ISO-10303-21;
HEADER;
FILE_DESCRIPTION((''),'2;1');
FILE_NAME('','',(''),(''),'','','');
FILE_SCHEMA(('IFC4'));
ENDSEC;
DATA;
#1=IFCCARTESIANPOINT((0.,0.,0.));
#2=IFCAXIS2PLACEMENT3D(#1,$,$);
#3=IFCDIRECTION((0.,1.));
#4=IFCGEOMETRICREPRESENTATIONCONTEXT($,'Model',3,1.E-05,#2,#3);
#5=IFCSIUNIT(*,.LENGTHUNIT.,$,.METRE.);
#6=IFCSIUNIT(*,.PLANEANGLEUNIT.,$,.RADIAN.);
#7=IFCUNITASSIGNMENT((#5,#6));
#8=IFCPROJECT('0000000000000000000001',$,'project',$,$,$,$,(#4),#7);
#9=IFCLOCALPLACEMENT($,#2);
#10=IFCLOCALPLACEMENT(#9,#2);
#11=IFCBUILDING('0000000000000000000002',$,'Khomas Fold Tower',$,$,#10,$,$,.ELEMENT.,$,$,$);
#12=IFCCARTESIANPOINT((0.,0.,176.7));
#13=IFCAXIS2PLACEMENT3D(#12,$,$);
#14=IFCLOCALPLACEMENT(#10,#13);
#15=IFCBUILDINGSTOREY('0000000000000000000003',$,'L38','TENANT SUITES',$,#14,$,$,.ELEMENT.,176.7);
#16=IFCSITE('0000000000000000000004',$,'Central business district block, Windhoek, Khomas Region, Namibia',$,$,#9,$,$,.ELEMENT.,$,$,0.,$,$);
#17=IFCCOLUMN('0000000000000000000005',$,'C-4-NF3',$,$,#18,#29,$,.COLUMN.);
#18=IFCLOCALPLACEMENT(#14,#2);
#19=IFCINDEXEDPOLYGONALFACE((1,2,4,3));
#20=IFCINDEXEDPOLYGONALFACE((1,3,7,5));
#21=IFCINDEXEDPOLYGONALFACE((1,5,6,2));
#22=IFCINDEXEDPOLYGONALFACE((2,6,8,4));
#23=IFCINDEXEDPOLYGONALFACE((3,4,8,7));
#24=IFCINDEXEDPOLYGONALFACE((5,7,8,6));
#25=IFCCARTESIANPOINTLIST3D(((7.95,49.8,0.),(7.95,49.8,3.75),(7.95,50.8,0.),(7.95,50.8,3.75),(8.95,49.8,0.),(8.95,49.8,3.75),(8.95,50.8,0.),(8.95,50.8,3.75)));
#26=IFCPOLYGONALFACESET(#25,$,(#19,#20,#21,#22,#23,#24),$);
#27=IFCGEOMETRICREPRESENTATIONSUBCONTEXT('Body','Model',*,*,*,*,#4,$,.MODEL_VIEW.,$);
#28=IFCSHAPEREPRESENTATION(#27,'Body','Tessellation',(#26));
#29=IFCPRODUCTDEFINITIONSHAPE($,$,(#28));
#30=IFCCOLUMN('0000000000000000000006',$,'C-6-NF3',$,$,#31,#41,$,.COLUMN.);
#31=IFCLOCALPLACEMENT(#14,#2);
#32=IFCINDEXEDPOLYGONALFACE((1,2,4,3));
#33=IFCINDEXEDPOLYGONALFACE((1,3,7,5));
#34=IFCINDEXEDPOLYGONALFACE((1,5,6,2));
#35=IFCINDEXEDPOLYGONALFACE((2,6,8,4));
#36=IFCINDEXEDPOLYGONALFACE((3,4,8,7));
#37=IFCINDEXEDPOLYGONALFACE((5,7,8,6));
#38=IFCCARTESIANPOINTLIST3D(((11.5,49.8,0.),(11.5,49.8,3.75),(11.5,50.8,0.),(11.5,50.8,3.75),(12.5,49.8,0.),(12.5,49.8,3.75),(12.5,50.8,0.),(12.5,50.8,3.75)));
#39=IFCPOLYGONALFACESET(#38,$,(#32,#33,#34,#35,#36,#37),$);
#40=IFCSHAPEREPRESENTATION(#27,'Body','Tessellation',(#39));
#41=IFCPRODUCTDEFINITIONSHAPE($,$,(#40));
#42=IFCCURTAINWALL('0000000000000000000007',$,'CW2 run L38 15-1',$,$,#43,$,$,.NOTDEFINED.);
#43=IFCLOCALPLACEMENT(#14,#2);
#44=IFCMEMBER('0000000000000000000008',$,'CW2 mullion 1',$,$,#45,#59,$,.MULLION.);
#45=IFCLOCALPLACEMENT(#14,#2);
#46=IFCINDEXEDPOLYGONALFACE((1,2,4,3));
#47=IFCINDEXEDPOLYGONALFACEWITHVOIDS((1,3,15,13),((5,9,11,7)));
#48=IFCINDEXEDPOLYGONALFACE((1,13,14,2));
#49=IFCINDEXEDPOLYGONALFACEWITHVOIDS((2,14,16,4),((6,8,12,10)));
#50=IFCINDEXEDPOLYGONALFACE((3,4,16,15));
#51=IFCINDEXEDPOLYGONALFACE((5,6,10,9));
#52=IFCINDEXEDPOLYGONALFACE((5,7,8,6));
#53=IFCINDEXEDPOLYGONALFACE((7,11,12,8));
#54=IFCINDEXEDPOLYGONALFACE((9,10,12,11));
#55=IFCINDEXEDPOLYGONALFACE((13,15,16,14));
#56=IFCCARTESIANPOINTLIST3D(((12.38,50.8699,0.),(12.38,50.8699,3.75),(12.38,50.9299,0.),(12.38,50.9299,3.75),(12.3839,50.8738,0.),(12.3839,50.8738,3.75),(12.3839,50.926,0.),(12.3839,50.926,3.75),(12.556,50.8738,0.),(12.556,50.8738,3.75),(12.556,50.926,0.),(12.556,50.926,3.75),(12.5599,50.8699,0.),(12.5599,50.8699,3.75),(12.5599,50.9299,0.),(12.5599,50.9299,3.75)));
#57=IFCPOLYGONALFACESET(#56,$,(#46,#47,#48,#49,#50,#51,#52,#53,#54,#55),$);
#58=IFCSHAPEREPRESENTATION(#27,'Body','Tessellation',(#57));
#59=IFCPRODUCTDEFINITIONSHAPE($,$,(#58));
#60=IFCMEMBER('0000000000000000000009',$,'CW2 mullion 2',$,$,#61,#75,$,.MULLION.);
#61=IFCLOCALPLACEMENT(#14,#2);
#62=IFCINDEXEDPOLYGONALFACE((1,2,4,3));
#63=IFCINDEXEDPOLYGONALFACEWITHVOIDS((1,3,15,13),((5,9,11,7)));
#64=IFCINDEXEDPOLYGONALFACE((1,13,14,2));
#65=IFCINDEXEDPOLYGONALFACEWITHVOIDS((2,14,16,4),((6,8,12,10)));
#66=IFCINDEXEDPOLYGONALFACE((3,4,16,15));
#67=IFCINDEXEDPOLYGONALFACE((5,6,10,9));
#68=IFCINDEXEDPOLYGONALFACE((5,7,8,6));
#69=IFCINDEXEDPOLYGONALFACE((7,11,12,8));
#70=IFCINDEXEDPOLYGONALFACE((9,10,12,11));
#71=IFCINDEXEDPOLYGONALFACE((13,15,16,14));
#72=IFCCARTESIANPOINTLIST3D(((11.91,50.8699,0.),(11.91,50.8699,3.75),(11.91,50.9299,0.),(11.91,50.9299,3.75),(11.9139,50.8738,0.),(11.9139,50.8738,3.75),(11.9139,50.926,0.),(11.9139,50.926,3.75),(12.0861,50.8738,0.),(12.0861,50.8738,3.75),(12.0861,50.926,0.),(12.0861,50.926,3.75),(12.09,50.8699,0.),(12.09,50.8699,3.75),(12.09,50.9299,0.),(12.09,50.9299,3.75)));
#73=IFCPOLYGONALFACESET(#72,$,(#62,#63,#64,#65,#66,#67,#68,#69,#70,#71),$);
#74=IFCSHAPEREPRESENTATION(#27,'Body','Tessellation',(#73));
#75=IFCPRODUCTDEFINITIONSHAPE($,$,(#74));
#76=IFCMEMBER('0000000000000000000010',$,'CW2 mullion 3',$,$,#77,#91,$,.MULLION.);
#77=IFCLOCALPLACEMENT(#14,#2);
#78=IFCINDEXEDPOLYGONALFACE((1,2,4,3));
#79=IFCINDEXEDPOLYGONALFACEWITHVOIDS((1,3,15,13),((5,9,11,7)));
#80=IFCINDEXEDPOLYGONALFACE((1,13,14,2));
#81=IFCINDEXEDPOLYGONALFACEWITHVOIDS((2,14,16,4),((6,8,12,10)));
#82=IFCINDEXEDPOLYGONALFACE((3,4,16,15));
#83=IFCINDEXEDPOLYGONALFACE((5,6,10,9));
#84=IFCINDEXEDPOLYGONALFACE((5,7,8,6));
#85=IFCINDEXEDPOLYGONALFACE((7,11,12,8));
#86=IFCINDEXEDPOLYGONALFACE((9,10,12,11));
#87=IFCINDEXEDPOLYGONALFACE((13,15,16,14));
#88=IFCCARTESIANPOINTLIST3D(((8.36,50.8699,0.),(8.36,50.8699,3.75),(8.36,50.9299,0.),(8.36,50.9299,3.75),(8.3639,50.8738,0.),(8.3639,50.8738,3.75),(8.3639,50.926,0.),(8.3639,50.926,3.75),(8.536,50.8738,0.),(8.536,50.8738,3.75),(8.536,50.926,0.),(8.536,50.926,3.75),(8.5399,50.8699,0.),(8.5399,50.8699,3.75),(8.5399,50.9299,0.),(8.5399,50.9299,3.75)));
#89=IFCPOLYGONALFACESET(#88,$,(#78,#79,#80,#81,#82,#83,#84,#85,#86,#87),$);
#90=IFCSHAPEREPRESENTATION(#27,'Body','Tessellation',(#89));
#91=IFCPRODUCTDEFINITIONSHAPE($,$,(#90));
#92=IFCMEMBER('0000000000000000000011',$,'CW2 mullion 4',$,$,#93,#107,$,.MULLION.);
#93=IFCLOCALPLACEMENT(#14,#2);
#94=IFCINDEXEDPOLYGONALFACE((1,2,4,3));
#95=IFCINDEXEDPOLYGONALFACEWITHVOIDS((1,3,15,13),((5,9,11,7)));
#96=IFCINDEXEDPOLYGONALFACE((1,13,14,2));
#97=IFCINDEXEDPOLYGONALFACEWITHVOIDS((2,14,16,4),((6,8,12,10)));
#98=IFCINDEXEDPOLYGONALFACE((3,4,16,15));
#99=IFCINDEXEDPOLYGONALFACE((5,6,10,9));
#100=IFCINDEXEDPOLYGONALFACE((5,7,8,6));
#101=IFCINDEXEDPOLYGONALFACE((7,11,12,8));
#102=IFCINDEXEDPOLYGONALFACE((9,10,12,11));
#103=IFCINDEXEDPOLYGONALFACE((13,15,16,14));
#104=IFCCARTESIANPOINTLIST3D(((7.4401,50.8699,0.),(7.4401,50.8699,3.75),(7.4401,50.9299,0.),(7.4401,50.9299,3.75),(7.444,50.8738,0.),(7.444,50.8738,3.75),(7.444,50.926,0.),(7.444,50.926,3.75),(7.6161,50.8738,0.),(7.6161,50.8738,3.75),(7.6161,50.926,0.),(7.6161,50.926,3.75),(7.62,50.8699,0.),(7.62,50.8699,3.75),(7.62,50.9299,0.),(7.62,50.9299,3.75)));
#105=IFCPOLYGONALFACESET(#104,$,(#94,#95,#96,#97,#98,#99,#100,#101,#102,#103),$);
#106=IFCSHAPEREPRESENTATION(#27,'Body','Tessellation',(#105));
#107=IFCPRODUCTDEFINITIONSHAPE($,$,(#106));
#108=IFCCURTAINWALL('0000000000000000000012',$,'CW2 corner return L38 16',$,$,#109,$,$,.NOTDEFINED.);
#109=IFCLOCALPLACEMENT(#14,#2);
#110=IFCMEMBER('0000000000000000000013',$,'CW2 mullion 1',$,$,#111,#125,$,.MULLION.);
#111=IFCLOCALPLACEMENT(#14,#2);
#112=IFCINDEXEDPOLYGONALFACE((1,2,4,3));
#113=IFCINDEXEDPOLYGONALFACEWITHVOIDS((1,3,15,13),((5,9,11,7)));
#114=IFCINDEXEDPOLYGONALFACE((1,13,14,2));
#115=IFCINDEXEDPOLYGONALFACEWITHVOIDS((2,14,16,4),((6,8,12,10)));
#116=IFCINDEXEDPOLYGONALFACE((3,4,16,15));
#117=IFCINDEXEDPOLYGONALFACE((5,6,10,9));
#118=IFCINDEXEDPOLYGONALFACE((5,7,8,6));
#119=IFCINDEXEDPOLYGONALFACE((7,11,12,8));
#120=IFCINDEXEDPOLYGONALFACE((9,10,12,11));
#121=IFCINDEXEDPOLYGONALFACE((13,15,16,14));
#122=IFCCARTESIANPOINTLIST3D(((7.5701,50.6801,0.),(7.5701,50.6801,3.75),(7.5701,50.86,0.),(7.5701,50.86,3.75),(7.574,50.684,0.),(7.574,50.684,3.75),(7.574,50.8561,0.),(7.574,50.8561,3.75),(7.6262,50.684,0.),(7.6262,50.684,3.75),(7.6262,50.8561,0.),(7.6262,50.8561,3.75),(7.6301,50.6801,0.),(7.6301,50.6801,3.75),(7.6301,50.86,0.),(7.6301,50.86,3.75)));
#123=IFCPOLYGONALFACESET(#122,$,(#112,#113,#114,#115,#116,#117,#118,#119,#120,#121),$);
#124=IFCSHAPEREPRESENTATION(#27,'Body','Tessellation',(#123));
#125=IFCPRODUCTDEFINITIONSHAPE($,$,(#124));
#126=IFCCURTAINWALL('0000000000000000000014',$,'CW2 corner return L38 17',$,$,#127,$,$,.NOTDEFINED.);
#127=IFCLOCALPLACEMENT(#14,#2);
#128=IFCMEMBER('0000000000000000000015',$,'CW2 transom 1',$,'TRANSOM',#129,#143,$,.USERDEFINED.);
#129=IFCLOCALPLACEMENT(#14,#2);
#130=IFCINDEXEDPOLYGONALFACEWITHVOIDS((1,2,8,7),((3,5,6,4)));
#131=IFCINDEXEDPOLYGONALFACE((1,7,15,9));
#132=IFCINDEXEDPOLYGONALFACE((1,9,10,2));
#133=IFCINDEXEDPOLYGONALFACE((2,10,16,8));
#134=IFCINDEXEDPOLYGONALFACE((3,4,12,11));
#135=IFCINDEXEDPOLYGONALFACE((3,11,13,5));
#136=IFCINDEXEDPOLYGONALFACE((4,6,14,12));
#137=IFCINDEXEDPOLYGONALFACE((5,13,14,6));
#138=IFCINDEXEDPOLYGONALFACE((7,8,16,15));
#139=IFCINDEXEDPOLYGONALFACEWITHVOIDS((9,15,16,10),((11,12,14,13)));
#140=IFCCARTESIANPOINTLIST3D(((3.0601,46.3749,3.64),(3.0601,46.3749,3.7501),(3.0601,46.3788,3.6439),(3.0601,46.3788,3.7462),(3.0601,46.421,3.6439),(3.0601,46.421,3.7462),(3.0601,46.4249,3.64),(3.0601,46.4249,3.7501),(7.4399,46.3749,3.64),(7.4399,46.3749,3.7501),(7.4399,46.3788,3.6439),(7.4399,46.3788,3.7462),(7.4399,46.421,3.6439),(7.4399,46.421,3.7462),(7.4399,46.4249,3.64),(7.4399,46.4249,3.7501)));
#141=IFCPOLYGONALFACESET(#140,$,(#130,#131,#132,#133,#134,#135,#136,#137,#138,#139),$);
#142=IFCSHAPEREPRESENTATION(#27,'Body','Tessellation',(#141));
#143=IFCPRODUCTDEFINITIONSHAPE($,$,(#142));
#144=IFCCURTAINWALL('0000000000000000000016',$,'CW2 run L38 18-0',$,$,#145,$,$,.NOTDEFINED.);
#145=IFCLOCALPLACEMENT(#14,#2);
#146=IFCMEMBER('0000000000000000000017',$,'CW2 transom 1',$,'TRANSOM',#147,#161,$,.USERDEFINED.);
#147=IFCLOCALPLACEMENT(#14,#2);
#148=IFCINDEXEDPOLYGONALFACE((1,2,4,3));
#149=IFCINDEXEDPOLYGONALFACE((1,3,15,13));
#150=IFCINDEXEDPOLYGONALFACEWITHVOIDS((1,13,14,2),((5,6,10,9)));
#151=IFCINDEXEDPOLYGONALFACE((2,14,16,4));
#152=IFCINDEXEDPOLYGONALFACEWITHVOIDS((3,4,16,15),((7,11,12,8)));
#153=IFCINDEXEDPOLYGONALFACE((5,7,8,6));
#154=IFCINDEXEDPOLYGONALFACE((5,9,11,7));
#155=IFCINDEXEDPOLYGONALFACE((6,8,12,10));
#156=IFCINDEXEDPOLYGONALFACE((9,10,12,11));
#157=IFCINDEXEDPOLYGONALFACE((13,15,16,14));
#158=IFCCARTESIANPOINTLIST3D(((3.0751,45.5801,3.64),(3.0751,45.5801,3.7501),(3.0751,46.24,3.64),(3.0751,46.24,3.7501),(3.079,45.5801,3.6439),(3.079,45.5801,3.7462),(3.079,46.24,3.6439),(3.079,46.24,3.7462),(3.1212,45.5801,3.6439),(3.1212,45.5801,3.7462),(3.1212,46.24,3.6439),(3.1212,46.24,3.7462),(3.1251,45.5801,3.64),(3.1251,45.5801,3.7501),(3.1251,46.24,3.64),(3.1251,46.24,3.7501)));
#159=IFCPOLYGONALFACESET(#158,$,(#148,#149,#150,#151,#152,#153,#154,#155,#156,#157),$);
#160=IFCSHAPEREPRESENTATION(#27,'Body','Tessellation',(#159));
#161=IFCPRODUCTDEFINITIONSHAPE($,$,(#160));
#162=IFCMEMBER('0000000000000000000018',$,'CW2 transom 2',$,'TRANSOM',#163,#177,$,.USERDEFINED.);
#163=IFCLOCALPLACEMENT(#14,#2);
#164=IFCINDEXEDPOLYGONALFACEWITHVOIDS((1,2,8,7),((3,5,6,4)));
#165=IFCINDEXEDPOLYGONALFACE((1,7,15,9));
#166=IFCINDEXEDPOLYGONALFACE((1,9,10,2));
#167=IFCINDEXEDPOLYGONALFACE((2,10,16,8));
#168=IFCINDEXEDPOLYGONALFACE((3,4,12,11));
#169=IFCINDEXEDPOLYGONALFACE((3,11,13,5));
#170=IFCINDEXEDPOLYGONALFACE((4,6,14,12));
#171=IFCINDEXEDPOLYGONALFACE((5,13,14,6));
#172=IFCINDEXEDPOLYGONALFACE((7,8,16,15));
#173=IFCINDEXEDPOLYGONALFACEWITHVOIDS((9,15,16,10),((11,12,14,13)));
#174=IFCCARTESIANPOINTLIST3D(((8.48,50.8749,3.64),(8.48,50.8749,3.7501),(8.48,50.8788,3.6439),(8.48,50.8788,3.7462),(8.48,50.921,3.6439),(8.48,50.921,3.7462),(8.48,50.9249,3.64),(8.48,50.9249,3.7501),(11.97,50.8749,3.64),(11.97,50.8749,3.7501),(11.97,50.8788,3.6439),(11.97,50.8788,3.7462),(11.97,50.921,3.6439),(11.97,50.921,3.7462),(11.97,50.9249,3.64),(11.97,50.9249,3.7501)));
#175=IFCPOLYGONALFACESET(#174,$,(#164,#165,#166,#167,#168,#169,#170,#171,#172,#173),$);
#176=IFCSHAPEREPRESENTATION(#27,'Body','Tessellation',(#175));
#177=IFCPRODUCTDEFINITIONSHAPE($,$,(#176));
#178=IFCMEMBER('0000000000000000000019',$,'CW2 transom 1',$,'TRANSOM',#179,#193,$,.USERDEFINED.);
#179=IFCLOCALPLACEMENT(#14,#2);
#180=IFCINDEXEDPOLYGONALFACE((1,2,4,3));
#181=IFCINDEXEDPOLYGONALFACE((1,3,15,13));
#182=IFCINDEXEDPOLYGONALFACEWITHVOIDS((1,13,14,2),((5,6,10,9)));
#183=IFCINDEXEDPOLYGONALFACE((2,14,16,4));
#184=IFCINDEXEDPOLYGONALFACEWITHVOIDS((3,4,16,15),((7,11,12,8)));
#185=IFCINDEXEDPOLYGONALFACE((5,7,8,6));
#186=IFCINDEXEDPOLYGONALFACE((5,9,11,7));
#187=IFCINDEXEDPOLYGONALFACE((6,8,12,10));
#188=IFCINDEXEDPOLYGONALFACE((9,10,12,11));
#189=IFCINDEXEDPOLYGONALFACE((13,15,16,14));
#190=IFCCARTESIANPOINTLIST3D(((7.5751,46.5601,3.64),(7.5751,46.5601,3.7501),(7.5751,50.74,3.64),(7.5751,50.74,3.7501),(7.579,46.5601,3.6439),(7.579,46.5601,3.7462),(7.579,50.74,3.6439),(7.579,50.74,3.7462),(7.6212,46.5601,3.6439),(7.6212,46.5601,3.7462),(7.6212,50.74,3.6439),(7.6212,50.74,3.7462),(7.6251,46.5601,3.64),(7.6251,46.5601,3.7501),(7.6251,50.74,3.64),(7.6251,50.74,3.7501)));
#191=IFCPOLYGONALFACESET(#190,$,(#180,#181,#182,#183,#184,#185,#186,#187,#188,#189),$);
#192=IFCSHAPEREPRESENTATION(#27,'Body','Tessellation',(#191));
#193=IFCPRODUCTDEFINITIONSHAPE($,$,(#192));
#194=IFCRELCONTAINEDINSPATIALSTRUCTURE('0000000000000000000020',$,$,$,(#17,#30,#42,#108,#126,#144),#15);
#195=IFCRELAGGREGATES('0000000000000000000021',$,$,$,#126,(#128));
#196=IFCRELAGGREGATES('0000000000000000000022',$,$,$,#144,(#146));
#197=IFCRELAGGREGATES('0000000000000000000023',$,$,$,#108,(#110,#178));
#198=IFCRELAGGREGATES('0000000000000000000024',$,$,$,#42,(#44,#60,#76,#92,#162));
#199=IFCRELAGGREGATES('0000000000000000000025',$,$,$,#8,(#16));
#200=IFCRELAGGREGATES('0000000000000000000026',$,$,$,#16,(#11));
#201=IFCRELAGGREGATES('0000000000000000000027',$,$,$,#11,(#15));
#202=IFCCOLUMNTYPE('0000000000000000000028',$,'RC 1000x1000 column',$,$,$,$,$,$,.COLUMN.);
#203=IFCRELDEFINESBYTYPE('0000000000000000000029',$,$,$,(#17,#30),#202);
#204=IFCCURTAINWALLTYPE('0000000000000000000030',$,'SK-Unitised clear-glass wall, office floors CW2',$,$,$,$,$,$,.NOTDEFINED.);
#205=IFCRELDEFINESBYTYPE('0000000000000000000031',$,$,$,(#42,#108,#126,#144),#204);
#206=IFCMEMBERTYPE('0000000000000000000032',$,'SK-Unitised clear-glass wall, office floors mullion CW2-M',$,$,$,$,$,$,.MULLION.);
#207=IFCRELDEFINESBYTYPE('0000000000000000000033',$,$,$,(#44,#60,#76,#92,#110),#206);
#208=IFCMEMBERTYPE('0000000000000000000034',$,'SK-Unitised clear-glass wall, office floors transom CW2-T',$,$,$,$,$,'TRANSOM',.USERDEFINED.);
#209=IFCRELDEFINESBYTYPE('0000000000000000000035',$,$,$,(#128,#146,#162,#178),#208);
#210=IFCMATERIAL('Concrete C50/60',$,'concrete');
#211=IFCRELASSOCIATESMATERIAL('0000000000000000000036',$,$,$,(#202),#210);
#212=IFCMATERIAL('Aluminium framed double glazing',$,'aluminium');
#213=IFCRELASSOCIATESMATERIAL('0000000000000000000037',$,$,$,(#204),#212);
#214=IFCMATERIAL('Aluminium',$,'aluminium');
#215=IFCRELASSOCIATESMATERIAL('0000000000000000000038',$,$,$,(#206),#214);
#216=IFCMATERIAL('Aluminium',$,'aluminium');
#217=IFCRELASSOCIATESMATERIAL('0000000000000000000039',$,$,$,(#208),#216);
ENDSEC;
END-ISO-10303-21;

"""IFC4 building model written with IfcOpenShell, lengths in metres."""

from ifc_helpers import new_model, si_unit, direction, frame, origin, origin_2d, place, context, subcontext, project, spatial, rectangle, hollow_rectangle, extrude, source, transform, mapped, material, material_profile, profile_set, type_object, element, aggregate, save


model = new_model("IFC4")

# Units and contexts
model_context = context("Model", 3, precision=1e-05, world=origin(), true_north=direction((0.0, 1.0)))
body_context = subcontext(model_context, "Body", "Model", "MODEL_VIEW")
ifc_project = project(units=[si_unit("LENGTHUNIT", "METRE"), si_unit("PLANEANGLEUNIT", "RADIAN")], contexts=[model_context])

# Site, building, storey
site_placement = place(None, origin())
site = spatial("IfcSite", under=ifc_project, at=site_placement, Name="Central business district block, Windhoek, Khomas Region, Namibia", CompositionType="ELEMENT", RefElevation=0.0)
building_placement = place(site_placement, origin())
building = spatial("IfcBuilding", under=site, at=building_placement, Name="Khomas Fold Tower", CompositionType="ELEMENT")
storey_placement = place(building_placement, frame((0.0, 0.0, 176.7)))
storey = spatial("IfcBuildingStorey", under=building, at=storey_placement, Name="L38", Description="TENANT SUITES", CompositionType="ELEMENT", Elevation=176.7)

# Columns
ifc_material_1 = material(Name="Concrete C50/60", Category="concrete")
ifc_material_profile_1 = material_profile(ifc_material_1, rectangle(XDim=1.0, YDim=1.0, at=origin_2d()), Name="RC 1000x1000")
ifc_profile_set_1 = profile_set([ifc_material_profile_1], Name="Concrete C50/60")
column_type = type_object("IfcColumnType", Name="RC 1000x1000 column", PredefinedType="COLUMN", material=ifc_profile_set_1)
shared_shape_1 = source(origin(), body_context, "Body", "SweptSolid", [
    extrude(rectangle(XDim=1.0, YDim=1.0, at=origin_2d()), origin(), (0.0, 0.0, 1.0), 3.75),
])
for number, where, z_axis, x_axis, name in (
    (1, (8.45, 50.3, 0.0), (0.0, 0.0, 1.0), (1.0, 0.0, 0.0), "C-4-NF3"),
    (2, (12.0, 50.3, 0.0), (0.0, 0.0, 1.0), (1.0, 0.0, 0.0), "C-6-NF3"),
):
    element("IfcColumn", number, at=place(storey_placement, frame(where, z_axis=z_axis, x_axis=x_axis)), inside=storey, type_object=column_type, Name=name, PredefinedType="COLUMN", context=body_context, shape_type="MappedRepresentation", body=[
        mapped(shared_shape_1, transform((0.0, 0.0, 0.0))),
    ])

# Curtain wall, members
ifc_material_2 = material(Name="Aluminium framed double glazing", Category="aluminium")
curtain_wall_type = type_object("IfcCurtainWallType", Name="SK-Unitised clear-glass wall, office floors CW2", PredefinedType="NOTDEFINED", material=ifc_material_2)
curtain_wall_1_placement = place(storey_placement, origin())
curtain_wall_1 = element("IfcCurtainWall", 3, at=curtain_wall_1_placement, inside=storey, type_object=curtain_wall_type, Name="CW2 run L38 15-1", PredefinedType="NOTDEFINED")
ifc_material_3 = material(Name="Aluminium", Category="aluminium")
ifc_material_profile_2 = material_profile(ifc_material_3, hollow_rectangle(XDim=0.0601, YDim=0.1799, WallThickness=0.0039, at=origin_2d()), Name="SK-Unitised clear-glass wall, office floors mullion CW2-M")
ifc_profile_set_2 = profile_set([ifc_material_profile_2], Name="Aluminium")
member_type_1 = type_object("IfcMemberType", Name="SK-Unitised clear-glass wall, office floors mullion CW2-M", PredefinedType="MULLION", material=ifc_profile_set_2)
shared_shape_2 = source(origin(), body_context, "Body", "SweptSolid", [
    extrude(hollow_rectangle(XDim=0.0601, YDim=0.1799, WallThickness=0.0039, at=origin_2d()), origin(), (0.0, 0.0, 1.0), 3.75),
])
member_1_placement = place(storey_placement, frame((12.47, 50.8999, 0.0), z_axis=(0.0, 0.0, 1.0), x_axis=(0.0, -1.0, 0.0)))
member_1 = element("IfcMember", 4, at=member_1_placement, type_object=member_type_1, Name="CW2 mullion 1", PredefinedType="MULLION", context=body_context, shape_type="MappedRepresentation", body=[
    mapped(shared_shape_2, transform((0.0, 0.0, 0.0))),
])
member_2_placement = place(storey_placement, frame((12.0, 50.8999, 0.0), z_axis=(0.0, 0.0, 1.0), x_axis=(0.0, -1.0, 0.0)))
member_2 = element("IfcMember", 5, at=member_2_placement, type_object=member_type_1, Name="CW2 mullion 2", PredefinedType="MULLION", context=body_context, shape_type="MappedRepresentation", body=[
    mapped(shared_shape_2, transform((0.0, 0.0, 0.0))),
])
member_3_placement = place(storey_placement, frame((8.45, 50.8999, 0.0), z_axis=(0.0, 0.0, 1.0), x_axis=(0.0, -1.0, 0.0)))
member_3 = element("IfcMember", 6, at=member_3_placement, type_object=member_type_1, Name="CW2 mullion 3", PredefinedType="MULLION", context=body_context, shape_type="MappedRepresentation", body=[
    mapped(shared_shape_2, transform((0.0, 0.0, 0.0))),
])
member_4_placement = place(storey_placement, frame((7.53, 50.8999, 0.0), z_axis=(0.0, 0.0, 1.0), x_axis=(0.0, -1.0, 0.0)))
member_4 = element("IfcMember", 7, at=member_4_placement, type_object=member_type_1, Name="CW2 mullion 4", PredefinedType="MULLION", context=body_context, shape_type="MappedRepresentation", body=[
    mapped(shared_shape_2, transform((0.0, 0.0, 0.0))),
])

# Curtain walls, members
curtain_wall_2_placement = place(storey_placement, origin())
curtain_wall_2 = element("IfcCurtainWall", 8, at=curtain_wall_2_placement, inside=storey, type_object=curtain_wall_type, Name="CW2 corner return L38 16", PredefinedType="NOTDEFINED")
member_5_placement = place(storey_placement, frame((7.6001, 50.77, 0.0), z_axis=(0.0, 0.0, 1.0), x_axis=(1.0, 0.0, 0.0)))
member_5 = element("IfcMember", 9, at=member_5_placement, type_object=member_type_1, Name="CW2 mullion 1", PredefinedType="MULLION", context=body_context, shape_type="MappedRepresentation", body=[
    mapped(shared_shape_2, transform((0.0, 0.0, 0.0))),
])
curtain_wall_3_placement = place(storey_placement, origin())
curtain_wall_3 = element("IfcCurtainWall", 10, at=curtain_wall_3_placement, inside=storey, type_object=curtain_wall_type, Name="CW2 corner return L38 17", PredefinedType="NOTDEFINED")
ifc_material_4 = material(Name="Aluminium", Category="aluminium")
ifc_material_profile_3 = material_profile(ifc_material_4, hollow_rectangle(XDim=0.05, YDim=0.1101, WallThickness=0.0039, at=origin_2d()), Name="SK-Unitised clear-glass wall, office floors transom CW2-T")
ifc_profile_set_3 = profile_set([ifc_material_profile_3], Name="Aluminium")
member_type_2 = type_object("IfcMemberType", Name="SK-Unitised clear-glass wall, office floors transom CW2-T", ElementType="TRANSOM", PredefinedType="USERDEFINED", material=ifc_profile_set_3)
shared_shape_3 = source(origin(), body_context, "Body", "SweptSolid", [
    extrude(hollow_rectangle(XDim=0.05, YDim=0.1101, WallThickness=0.0039, at=origin_2d()), origin(), (0.0, 0.0, 1.0), 4.3799),
])
member_6_placement = place(storey_placement, frame((7.4399, 46.3999, 3.6951), z_axis=(-1.0, 0.0, 0.0), x_axis=(0.0, -1.0, 0.0)))
member_6 = element("IfcMember", 11, at=member_6_placement, type_object=member_type_2, Name="CW2 transom 1", ObjectType="TRANSOM", PredefinedType="USERDEFINED", context=body_context, shape_type="MappedRepresentation", body=[
    mapped(shared_shape_3, transform((0.0, 0.0, 0.0))),
])
aggregate(curtain_wall_3, [member_6])
curtain_wall_4_placement = place(storey_placement, origin())
curtain_wall_4 = element("IfcCurtainWall", 12, at=curtain_wall_4_placement, inside=storey, type_object=curtain_wall_type, Name="CW2 run L38 18-0", PredefinedType="NOTDEFINED")
shared_shape_4 = source(origin(), body_context, "Body", "SweptSolid", [
    extrude(hollow_rectangle(XDim=0.05, YDim=0.1101, WallThickness=0.0039, at=origin_2d()), origin(), (0.0, 0.0, 1.0), 0.6599),
])
member_7_placement = place(storey_placement, frame((3.1001, 46.24, 3.6951), z_axis=(0.0, -1.0, 0.0), x_axis=(1.0, 0.0, 0.0)))
member_7 = element("IfcMember", 13, at=member_7_placement, type_object=member_type_2, Name="CW2 transom 1", ObjectType="TRANSOM", PredefinedType="USERDEFINED", context=body_context, shape_type="MappedRepresentation", body=[
    mapped(shared_shape_4, transform((0.0, 0.0, 0.0))),
])
aggregate(curtain_wall_4, [member_7])

# Members
shared_shape_5 = source(origin(), body_context, "Body", "SweptSolid", [
    extrude(hollow_rectangle(XDim=0.05, YDim=0.1101, WallThickness=0.0039, at=origin_2d()), origin(), (0.0, 0.0, 1.0), 3.49),
])
member_8_placement = place(storey_placement, frame((11.97, 50.8999, 3.6951), z_axis=(-1.0, 0.0, 0.0), x_axis=(0.0, -1.0, 0.0)))
member_8 = element("IfcMember", 14, at=member_8_placement, type_object=member_type_2, Name="CW2 transom 2", ObjectType="TRANSOM", PredefinedType="USERDEFINED", context=body_context, shape_type="MappedRepresentation", body=[
    mapped(shared_shape_5, transform((0.0, 0.0, 0.0))),
])
shared_shape_6 = source(origin(), body_context, "Body", "SweptSolid", [
    extrude(hollow_rectangle(XDim=0.05, YDim=0.1101, WallThickness=0.0039, at=origin_2d()), origin(), (0.0, 0.0, 1.0), 4.1799),
])
member_9_placement = place(storey_placement, frame((7.6001, 50.74, 3.6951), z_axis=(0.0, -1.0, 0.0), x_axis=(1.0, 0.0, 0.0)))
member_9 = element("IfcMember", 15, at=member_9_placement, type_object=member_type_2, Name="CW2 transom 1", ObjectType="TRANSOM", PredefinedType="USERDEFINED", context=body_context, shape_type="MappedRepresentation", body=[
    mapped(shared_shape_6, transform((0.0, 0.0, 0.0))),
])
aggregate(curtain_wall_2, [member_5, member_9])

aggregate(curtain_wall_1, [member_1, member_2, member_3, member_4, member_8])

save(model, "model.ifc")
